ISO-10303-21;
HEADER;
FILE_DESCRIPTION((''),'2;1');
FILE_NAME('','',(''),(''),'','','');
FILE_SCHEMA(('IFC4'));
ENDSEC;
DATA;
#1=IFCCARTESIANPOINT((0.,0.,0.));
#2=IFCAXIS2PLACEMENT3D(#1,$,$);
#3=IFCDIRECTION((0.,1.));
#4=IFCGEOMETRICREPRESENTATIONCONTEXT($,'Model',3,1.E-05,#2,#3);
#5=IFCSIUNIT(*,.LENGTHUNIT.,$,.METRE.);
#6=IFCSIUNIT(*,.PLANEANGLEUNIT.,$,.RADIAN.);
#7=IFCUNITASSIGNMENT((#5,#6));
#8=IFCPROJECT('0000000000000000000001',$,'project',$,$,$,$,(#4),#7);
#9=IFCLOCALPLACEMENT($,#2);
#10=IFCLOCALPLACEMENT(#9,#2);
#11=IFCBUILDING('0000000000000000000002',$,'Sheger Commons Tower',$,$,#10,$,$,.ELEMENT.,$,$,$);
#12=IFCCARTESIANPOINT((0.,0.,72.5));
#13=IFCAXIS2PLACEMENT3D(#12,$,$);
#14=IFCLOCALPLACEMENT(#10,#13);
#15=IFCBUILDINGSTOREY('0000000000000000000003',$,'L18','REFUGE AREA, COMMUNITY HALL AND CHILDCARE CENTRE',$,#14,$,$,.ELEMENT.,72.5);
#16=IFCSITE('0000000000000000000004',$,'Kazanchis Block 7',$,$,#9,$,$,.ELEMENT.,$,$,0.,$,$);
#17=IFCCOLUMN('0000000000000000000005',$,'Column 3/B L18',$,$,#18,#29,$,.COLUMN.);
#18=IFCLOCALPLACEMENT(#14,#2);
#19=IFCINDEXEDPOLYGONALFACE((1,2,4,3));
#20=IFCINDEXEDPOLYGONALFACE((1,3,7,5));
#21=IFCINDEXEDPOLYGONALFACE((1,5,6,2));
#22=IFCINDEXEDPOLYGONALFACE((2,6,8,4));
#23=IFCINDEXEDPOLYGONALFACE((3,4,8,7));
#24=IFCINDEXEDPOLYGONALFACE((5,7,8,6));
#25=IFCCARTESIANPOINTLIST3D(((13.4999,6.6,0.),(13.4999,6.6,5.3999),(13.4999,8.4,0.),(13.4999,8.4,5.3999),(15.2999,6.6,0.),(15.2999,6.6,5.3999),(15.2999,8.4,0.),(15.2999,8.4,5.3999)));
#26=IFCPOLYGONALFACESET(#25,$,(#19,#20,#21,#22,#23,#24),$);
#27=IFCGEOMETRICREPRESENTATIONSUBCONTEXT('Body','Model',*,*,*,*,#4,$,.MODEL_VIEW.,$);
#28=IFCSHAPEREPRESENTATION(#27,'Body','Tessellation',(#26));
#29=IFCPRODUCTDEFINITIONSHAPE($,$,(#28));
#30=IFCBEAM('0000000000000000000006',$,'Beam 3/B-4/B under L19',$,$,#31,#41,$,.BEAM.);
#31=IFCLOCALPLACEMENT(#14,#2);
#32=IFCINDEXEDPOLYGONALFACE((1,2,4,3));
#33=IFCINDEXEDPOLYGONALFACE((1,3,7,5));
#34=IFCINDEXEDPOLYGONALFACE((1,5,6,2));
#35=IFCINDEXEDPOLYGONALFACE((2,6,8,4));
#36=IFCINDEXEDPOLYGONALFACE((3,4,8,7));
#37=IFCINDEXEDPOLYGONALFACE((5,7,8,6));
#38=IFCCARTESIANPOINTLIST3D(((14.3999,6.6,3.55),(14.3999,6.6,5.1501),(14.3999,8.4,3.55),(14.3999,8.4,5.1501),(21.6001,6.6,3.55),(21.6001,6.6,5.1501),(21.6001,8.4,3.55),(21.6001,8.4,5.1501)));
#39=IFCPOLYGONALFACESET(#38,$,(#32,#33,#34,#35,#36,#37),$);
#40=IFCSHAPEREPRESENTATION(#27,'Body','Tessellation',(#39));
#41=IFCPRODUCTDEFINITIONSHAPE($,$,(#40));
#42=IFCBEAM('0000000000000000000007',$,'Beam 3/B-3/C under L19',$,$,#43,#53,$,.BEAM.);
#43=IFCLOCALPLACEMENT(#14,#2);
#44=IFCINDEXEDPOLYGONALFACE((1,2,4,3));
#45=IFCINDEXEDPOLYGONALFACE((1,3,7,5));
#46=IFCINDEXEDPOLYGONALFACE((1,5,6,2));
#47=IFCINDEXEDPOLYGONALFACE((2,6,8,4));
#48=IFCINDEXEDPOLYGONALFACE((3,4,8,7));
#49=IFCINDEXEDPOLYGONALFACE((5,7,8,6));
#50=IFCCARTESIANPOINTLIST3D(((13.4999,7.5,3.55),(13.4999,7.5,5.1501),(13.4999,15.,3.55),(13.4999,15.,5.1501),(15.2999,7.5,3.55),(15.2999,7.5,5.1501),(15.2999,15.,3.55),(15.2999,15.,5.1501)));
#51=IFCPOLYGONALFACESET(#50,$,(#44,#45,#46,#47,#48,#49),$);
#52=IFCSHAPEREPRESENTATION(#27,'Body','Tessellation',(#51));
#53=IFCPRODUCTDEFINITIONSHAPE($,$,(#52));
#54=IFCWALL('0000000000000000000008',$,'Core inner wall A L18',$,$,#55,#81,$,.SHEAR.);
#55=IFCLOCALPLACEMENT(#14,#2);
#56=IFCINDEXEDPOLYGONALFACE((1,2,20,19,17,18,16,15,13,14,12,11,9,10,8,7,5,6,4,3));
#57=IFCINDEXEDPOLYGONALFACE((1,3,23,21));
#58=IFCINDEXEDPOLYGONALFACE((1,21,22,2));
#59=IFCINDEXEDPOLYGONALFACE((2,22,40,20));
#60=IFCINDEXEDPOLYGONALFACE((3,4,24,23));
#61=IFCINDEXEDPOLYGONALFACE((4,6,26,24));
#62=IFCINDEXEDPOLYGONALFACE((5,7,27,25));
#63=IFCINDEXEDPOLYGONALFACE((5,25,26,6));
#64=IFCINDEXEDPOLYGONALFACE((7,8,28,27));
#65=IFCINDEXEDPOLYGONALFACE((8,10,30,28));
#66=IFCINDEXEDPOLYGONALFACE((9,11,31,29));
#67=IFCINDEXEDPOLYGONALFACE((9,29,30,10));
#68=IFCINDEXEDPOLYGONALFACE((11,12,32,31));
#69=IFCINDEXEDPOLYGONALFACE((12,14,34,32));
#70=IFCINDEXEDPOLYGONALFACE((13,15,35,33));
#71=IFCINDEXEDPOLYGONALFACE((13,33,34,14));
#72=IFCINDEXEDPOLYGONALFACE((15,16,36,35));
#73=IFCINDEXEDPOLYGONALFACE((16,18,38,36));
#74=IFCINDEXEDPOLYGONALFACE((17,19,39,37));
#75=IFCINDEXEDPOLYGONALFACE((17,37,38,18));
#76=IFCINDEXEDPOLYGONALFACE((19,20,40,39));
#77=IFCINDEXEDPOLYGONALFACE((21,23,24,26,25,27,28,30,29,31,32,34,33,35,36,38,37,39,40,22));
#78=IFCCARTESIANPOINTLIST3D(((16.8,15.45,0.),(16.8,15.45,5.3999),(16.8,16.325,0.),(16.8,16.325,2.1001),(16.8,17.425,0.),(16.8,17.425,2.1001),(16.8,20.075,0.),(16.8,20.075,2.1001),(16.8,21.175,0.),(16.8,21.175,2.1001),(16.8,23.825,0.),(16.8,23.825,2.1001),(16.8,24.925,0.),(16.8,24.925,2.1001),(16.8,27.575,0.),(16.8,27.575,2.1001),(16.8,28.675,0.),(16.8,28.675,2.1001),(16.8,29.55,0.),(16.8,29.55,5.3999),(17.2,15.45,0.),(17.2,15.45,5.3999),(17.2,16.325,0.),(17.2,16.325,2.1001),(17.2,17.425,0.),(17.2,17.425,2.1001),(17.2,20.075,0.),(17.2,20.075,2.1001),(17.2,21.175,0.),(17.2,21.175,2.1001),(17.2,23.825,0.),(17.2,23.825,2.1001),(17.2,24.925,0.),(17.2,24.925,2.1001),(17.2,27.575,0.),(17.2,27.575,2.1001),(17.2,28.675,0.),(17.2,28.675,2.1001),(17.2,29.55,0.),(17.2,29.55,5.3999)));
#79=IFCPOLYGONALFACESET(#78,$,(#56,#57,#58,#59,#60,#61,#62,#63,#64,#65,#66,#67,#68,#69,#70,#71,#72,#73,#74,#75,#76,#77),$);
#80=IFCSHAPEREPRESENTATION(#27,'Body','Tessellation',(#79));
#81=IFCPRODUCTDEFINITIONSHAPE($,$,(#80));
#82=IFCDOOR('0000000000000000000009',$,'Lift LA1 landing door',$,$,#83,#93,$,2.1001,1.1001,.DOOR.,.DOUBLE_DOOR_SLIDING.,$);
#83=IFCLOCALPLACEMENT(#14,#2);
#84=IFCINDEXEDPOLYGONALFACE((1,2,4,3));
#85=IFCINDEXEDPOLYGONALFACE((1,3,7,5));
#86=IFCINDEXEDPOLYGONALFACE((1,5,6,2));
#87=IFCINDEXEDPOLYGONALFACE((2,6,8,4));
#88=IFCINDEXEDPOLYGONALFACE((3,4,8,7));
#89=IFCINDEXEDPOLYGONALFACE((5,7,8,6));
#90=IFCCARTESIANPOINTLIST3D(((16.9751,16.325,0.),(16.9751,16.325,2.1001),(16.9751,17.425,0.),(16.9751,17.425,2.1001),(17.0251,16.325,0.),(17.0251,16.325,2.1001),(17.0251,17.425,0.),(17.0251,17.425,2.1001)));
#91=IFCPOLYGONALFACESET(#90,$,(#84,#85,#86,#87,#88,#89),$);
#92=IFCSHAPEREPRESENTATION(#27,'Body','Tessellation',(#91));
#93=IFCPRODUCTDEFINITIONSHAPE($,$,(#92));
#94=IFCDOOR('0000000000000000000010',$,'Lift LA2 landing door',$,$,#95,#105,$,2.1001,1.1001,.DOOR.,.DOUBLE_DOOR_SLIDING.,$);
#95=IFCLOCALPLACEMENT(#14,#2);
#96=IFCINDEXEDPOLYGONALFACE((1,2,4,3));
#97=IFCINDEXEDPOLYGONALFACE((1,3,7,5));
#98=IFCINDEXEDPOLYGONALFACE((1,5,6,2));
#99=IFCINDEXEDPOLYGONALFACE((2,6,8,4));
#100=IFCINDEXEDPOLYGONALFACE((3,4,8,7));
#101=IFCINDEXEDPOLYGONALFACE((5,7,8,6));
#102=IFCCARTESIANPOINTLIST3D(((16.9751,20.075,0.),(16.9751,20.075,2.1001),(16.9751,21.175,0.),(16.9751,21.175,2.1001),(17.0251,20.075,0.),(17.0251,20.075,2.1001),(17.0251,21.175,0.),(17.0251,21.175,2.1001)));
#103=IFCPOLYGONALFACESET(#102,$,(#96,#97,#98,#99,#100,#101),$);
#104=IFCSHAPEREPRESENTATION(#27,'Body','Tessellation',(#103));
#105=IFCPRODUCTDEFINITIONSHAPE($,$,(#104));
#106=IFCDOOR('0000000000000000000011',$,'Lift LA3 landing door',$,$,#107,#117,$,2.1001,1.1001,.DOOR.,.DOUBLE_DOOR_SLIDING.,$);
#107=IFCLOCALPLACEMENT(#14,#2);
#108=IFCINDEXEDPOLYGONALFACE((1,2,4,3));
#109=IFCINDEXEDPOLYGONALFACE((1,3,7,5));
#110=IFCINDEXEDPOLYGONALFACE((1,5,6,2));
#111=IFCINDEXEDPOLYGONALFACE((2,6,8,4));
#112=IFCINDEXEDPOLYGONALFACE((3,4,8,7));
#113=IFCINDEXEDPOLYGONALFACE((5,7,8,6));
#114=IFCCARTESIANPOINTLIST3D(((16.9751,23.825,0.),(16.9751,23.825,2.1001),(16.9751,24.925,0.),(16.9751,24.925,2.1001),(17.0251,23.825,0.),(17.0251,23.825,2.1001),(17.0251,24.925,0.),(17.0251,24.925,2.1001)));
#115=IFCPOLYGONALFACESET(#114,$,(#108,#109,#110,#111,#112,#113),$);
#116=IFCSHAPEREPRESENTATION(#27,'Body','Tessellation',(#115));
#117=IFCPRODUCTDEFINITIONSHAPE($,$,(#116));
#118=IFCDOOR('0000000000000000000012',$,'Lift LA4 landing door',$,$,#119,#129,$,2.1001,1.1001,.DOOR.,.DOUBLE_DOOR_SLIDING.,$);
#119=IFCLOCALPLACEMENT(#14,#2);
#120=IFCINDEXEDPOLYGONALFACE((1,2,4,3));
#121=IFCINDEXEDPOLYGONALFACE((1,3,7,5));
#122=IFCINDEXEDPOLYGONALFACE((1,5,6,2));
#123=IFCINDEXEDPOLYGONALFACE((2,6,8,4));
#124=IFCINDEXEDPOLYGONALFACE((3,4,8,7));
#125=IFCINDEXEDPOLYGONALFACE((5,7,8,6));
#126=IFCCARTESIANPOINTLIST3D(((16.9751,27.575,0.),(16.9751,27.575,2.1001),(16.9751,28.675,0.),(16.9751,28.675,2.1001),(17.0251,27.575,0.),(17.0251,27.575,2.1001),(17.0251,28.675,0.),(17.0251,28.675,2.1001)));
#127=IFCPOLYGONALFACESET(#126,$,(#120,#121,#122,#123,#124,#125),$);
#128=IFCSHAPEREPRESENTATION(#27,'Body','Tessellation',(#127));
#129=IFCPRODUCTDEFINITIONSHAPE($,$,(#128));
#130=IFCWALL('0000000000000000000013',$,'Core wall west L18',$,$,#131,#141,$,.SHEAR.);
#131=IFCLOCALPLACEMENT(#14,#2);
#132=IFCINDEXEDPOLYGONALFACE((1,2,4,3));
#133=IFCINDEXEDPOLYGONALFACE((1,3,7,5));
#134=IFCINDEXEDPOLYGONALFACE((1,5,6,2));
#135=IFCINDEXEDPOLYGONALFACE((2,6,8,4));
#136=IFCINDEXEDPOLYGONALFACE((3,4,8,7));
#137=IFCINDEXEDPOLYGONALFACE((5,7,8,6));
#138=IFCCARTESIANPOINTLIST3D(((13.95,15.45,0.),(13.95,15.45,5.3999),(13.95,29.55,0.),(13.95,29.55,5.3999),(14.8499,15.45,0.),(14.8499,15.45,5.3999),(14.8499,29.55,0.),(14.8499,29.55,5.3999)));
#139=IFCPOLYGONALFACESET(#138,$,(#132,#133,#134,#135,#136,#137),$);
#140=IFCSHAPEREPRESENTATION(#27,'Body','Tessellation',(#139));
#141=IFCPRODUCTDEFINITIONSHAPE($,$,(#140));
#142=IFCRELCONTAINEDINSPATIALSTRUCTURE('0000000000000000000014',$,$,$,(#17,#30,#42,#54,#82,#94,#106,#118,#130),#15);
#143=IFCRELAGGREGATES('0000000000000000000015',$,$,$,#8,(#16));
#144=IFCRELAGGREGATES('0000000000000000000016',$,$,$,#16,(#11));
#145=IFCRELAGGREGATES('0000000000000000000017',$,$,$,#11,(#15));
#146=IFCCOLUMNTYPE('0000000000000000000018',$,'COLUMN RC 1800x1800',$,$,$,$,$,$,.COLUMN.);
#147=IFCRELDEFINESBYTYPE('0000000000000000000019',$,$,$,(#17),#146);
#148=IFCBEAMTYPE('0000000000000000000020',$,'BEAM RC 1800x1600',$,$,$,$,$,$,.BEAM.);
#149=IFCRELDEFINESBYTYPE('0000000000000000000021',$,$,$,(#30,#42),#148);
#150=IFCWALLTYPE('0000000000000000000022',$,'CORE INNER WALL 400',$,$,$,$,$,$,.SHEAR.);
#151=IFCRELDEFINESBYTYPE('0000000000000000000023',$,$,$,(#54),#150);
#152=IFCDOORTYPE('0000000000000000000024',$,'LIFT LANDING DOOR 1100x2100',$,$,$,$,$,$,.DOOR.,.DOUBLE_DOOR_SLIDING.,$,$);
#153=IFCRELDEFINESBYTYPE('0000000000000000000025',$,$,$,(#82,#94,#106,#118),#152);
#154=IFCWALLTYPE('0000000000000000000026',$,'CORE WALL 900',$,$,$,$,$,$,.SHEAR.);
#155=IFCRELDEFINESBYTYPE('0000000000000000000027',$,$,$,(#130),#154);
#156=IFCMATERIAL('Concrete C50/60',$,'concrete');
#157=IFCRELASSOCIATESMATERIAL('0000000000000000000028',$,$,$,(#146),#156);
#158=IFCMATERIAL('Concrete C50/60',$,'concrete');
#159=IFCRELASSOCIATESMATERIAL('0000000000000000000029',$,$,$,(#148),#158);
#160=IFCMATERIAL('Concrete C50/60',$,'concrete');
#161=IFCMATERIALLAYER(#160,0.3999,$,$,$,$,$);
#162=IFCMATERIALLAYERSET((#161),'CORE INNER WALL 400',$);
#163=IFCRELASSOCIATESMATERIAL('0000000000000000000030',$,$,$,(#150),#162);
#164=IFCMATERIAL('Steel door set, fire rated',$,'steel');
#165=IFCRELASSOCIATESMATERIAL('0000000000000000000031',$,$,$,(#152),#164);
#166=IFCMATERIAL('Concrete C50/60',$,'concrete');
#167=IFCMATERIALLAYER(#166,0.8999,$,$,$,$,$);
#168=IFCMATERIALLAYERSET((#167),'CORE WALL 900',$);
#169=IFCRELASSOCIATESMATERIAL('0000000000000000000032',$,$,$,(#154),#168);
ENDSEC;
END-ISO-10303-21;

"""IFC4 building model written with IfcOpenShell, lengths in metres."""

from ifc_helpers import new_model, si_unit, direction, frame, frame_2d, origin, origin_2d, place, context, subcontext, project, spatial, rectangle, extrude, material, layer, layer_set, material_profile, profile_set, type_object, element, fill, save


model = new_model("IFC4")

# Units and contexts
model_context = context("Model", 3, precision=1e-05, world=origin(), true_north=direction((0.0, 1.0)))
body_context = subcontext(model_context, "Body", "Model", "MODEL_VIEW")
ifc_project = project(units=[si_unit("LENGTHUNIT", "METRE"), si_unit("PLANEANGLEUNIT", "RADIAN")], contexts=[model_context])

# Site, building, storey
site_placement = place(None, origin())
site = spatial("IfcSite", under=ifc_project, at=site_placement, Name="Kazanchis Block 7", CompositionType="ELEMENT", RefElevation=0.0)
building_placement = place(site_placement, origin())
building = spatial("IfcBuilding", under=site, at=building_placement, Name="Sheger Commons Tower", CompositionType="ELEMENT")
storey_placement = place(building_placement, frame((0.0, 0.0, 72.5)))
storey = spatial("IfcBuildingStorey", under=building, at=storey_placement, Name="L18", Description="REFUGE AREA, COMMUNITY HALL AND CHILDCARE CENTRE", CompositionType="ELEMENT", Elevation=72.5)

# Column
ifc_material_1 = material(Name="Concrete C50/60", Category="concrete")
ifc_material_profile_1 = material_profile(ifc_material_1, rectangle(XDim=1.8, YDim=1.8, at=origin_2d()), Name="RC 1800x1800")
ifc_profile_set_1 = profile_set([ifc_material_profile_1], Name="Concrete C50/60")
column_type = type_object("IfcColumnType", Name="COLUMN RC 1800x1800", PredefinedType="COLUMN", material=ifc_profile_set_1)
column_placement = place(storey_placement, frame((14.3999, 7.5, 0.0), z_axis=(0.0, 0.0, 1.0), x_axis=(1.0, 0.0, 0.0)))
element("IfcColumn", 1, at=column_placement, inside=storey, type_object=column_type, Name="Column 3/B L18", PredefinedType="COLUMN", context=body_context, shape_type="SweptSolid", body=[
    extrude(rectangle(XDim=1.8, YDim=1.8, at=origin_2d()), origin(), (0.0, 0.0, 1.0), 5.3999),
])

# Beams
ifc_material_2 = material(Name="Concrete C50/60", Category="concrete")
ifc_material_profile_2 = material_profile(ifc_material_2, rectangle(XDim=1.8, YDim=1.6001, at=origin_2d()), Name="RC 1800x1600")
ifc_profile_set_2 = profile_set([ifc_material_profile_2], Name="Concrete C50/60")
beam_type = type_object("IfcBeamType", Name="BEAM RC 1800x1600", PredefinedType="BEAM", material=ifc_profile_set_2)
beam_1_placement = place(storey_placement, frame((14.3999, 7.5, 4.3501), z_axis=(1.0, 0.0, 0.0), x_axis=(0.0, 1.0, 0.0)))
element("IfcBeam", 2, at=beam_1_placement, inside=storey, type_object=beam_type, Name="Beam 3/B-4/B under L19", PredefinedType="BEAM", context=body_context, shape_type="SweptSolid", body=[
    extrude(rectangle(XDim=1.8, YDim=1.6001, at=origin_2d()), origin(), (0.0, 0.0, 1.0), 7.2002),
])
beam_2_placement = place(storey_placement, frame((14.3999, 7.5, 4.3501), z_axis=(0.0, 1.0, 0.0), x_axis=(-1.0, 0.0, 0.0)))
element("IfcBeam", 3, at=beam_2_placement, inside=storey, type_object=beam_type, Name="Beam 3/B-3/C under L19", PredefinedType="BEAM", context=body_context, shape_type="SweptSolid", body=[
    extrude(rectangle(XDim=1.8, YDim=1.6001, at=origin_2d()), origin(), (0.0, 0.0, 1.0), 7.5),
])

# Wall, openings, doors
ifc_material_3 = material(Name="Concrete C50/60", Category="concrete")
ifc_layer_1 = layer(ifc_material_3, 0.3999)
ifc_layer_set_1 = layer_set([ifc_layer_1], Name="CORE INNER WALL 400")
wall_type_1 = type_object("IfcWallType", Name="CORE INNER WALL 400", PredefinedType="SHEAR", material=ifc_layer_set_1)
wall_1_placement = place(storey_placement, frame((17.0, 15.45, 0.0), z_axis=(0.0, 0.0, 1.0), x_axis=(0.0, 1.0, 0.0)))
wall_1 = element("IfcWall", 4, at=wall_1_placement, inside=storey, type_object=wall_type_1, Name="Core inner wall A L18", PredefinedType="SHEAR", context=body_context, shape_type="SweptSolid", body=[
    extrude(rectangle(XDim=14.1001, YDim=0.3999, at=frame_2d((7.05, 0.0))), origin(), (0.0, 0.0, 1.0), 5.3999),
])
opening_1_placement = place(wall_1_placement, frame((0.875, 0.0, 0.0)))
opening_1 = element("IfcOpeningElement", 5, at=opening_1_placement, cuts=wall_1, PredefinedType="OPENING", context=body_context, shape_type="SweptSolid", body=[
    extrude(rectangle(XDim=1.1001, YDim=2.1001, at=frame_2d((0.55, 1.05))), frame((0.0, 0.21, 0.0), z_axis=(0.0, -1.0, 0.0), x_axis=(1.0, 0.0, 0.0)), (0.0, 0.0, 1.0), 0.4199),
])
opening_2_placement = place(wall_1_placement, frame((4.625, 0.0, 0.0)))
opening_2 = element("IfcOpeningElement", 6, at=opening_2_placement, cuts=wall_1, PredefinedType="OPENING", context=body_context, shape_type="SweptSolid", body=[
    extrude(rectangle(XDim=1.1001, YDim=2.1001, at=frame_2d((0.55, 1.05))), frame((0.0, 0.21, 0.0), z_axis=(0.0, -1.0, 0.0), x_axis=(1.0, 0.0, 0.0)), (0.0, 0.0, 1.0), 0.4199),
])
opening_3_placement = place(wall_1_placement, frame((8.375, 0.0, 0.0)))
opening_3 = element("IfcOpeningElement", 7, at=opening_3_placement, cuts=wall_1, PredefinedType="OPENING", context=body_context, shape_type="SweptSolid", body=[
    extrude(rectangle(XDim=1.1001, YDim=2.1001, at=frame_2d((0.55, 1.05))), frame((0.0, 0.21, 0.0), z_axis=(0.0, -1.0, 0.0), x_axis=(1.0, 0.0, 0.0)), (0.0, 0.0, 1.0), 0.4199),
])
opening_4_placement = place(wall_1_placement, frame((12.125, 0.0, 0.0)))
opening_4 = element("IfcOpeningElement", 8, at=opening_4_placement, cuts=wall_1, PredefinedType="OPENING", context=body_context, shape_type="SweptSolid", body=[
    extrude(rectangle(XDim=1.1001, YDim=2.1001, at=frame_2d((0.55, 1.05))), frame((0.0, 0.21, 0.0), z_axis=(0.0, -1.0, 0.0), x_axis=(1.0, 0.0, 0.0)), (0.0, 0.0, 1.0), 0.4199),
])
ifc_material_4 = material(Name="Steel door set, fire rated", Category="steel")
door_type_1 = type_object("IfcDoorType", Name="LIFT LANDING DOOR 1100x2100", OperationType="DOUBLE_DOOR_SLIDING", PredefinedType="DOOR", material=ifc_material_4)
door_1_placement = place(opening_1_placement, origin())
door_1 = element("IfcDoor", 9, at=door_1_placement, inside=storey, type_object=door_type_1, Name="Lift LA1 landing door", OperationType="DOUBLE_DOOR_SLIDING", OverallHeight=2.1001, OverallWidth=1.1001, PredefinedType="DOOR", context=body_context, shape_type="SweptSolid", body=[
    extrude(rectangle(XDim=1.1001, YDim=2.1001, at=frame_2d((0.55, 1.05))), frame((0.0, 0.0249, 0.0), z_axis=(0.0, -1.0, 0.0), x_axis=(1.0, 0.0, 0.0)), (0.0, 0.0, 1.0), 0.05),
])
fill(opening_1, door_1)
door_2_placement = place(opening_2_placement, origin())
door_2 = element("IfcDoor", 10, at=door_2_placement, inside=storey, type_object=door_type_1, Name="Lift LA2 landing door", OperationType="DOUBLE_DOOR_SLIDING", OverallHeight=2.1001, OverallWidth=1.1001, PredefinedType="DOOR", context=body_context, shape_type="SweptSolid", body=[
    extrude(rectangle(XDim=1.1001, YDim=2.1001, at=frame_2d((0.55, 1.05))), frame((0.0, 0.0249, 0.0), z_axis=(0.0, -1.0, 0.0), x_axis=(1.0, 0.0, 0.0)), (0.0, 0.0, 1.0), 0.05),
])
fill(opening_2, door_2)
door_3_placement = place(opening_3_placement, origin())
door_3 = element("IfcDoor", 11, at=door_3_placement, inside=storey, type_object=door_type_1, Name="Lift LA3 landing door", OperationType="DOUBLE_DOOR_SLIDING", OverallHeight=2.1001, OverallWidth=1.1001, PredefinedType="DOOR", context=body_context, shape_type="SweptSolid", body=[
    extrude(rectangle(XDim=1.1001, YDim=2.1001, at=frame_2d((0.55, 1.05))), frame((0.0, 0.0249, 0.0), z_axis=(0.0, -1.0, 0.0), x_axis=(1.0, 0.0, 0.0)), (0.0, 0.0, 1.0), 0.05),
])
fill(opening_3, door_3)
door_4_placement = place(opening_4_placement, origin())
door_4 = element("IfcDoor", 12, at=door_4_placement, inside=storey, type_object=door_type_1, Name="Lift LA4 landing door", OperationType="DOUBLE_DOOR_SLIDING", OverallHeight=2.1001, OverallWidth=1.1001, PredefinedType="DOOR", context=body_context, shape_type="SweptSolid", body=[
    extrude(rectangle(XDim=1.1001, YDim=2.1001, at=frame_2d((0.55, 1.05))), frame((0.0, 0.0249, 0.0), z_axis=(0.0, -1.0, 0.0), x_axis=(1.0, 0.0, 0.0)), (0.0, 0.0, 1.0), 0.05),
])
fill(opening_4, door_4)

# Wall
ifc_material_5 = material(Name="Concrete C50/60", Category="concrete")
ifc_layer_2 = layer(ifc_material_5, 0.8999)
ifc_layer_set_2 = layer_set([ifc_layer_2], Name="CORE WALL 900")
wall_type_2 = type_object("IfcWallType", Name="CORE WALL 900", PredefinedType="SHEAR", material=ifc_layer_set_2)
wall_2_placement = place(storey_placement, frame((14.3999, 15.45, 0.0), z_axis=(0.0, 0.0, 1.0), x_axis=(0.0, 1.0, 0.0)))
element("IfcWall", 13, at=wall_2_placement, inside=storey, type_object=wall_type_2, Name="Core wall west L18", PredefinedType="SHEAR", context=body_context, shape_type="SweptSolid", body=[
    extrude(rectangle(XDim=14.1001, YDim=0.8999, at=frame_2d((7.05, 0.0))), origin(), (0.0, 0.0, 1.0), 5.3999),
])

save(model, "model.ifc")
